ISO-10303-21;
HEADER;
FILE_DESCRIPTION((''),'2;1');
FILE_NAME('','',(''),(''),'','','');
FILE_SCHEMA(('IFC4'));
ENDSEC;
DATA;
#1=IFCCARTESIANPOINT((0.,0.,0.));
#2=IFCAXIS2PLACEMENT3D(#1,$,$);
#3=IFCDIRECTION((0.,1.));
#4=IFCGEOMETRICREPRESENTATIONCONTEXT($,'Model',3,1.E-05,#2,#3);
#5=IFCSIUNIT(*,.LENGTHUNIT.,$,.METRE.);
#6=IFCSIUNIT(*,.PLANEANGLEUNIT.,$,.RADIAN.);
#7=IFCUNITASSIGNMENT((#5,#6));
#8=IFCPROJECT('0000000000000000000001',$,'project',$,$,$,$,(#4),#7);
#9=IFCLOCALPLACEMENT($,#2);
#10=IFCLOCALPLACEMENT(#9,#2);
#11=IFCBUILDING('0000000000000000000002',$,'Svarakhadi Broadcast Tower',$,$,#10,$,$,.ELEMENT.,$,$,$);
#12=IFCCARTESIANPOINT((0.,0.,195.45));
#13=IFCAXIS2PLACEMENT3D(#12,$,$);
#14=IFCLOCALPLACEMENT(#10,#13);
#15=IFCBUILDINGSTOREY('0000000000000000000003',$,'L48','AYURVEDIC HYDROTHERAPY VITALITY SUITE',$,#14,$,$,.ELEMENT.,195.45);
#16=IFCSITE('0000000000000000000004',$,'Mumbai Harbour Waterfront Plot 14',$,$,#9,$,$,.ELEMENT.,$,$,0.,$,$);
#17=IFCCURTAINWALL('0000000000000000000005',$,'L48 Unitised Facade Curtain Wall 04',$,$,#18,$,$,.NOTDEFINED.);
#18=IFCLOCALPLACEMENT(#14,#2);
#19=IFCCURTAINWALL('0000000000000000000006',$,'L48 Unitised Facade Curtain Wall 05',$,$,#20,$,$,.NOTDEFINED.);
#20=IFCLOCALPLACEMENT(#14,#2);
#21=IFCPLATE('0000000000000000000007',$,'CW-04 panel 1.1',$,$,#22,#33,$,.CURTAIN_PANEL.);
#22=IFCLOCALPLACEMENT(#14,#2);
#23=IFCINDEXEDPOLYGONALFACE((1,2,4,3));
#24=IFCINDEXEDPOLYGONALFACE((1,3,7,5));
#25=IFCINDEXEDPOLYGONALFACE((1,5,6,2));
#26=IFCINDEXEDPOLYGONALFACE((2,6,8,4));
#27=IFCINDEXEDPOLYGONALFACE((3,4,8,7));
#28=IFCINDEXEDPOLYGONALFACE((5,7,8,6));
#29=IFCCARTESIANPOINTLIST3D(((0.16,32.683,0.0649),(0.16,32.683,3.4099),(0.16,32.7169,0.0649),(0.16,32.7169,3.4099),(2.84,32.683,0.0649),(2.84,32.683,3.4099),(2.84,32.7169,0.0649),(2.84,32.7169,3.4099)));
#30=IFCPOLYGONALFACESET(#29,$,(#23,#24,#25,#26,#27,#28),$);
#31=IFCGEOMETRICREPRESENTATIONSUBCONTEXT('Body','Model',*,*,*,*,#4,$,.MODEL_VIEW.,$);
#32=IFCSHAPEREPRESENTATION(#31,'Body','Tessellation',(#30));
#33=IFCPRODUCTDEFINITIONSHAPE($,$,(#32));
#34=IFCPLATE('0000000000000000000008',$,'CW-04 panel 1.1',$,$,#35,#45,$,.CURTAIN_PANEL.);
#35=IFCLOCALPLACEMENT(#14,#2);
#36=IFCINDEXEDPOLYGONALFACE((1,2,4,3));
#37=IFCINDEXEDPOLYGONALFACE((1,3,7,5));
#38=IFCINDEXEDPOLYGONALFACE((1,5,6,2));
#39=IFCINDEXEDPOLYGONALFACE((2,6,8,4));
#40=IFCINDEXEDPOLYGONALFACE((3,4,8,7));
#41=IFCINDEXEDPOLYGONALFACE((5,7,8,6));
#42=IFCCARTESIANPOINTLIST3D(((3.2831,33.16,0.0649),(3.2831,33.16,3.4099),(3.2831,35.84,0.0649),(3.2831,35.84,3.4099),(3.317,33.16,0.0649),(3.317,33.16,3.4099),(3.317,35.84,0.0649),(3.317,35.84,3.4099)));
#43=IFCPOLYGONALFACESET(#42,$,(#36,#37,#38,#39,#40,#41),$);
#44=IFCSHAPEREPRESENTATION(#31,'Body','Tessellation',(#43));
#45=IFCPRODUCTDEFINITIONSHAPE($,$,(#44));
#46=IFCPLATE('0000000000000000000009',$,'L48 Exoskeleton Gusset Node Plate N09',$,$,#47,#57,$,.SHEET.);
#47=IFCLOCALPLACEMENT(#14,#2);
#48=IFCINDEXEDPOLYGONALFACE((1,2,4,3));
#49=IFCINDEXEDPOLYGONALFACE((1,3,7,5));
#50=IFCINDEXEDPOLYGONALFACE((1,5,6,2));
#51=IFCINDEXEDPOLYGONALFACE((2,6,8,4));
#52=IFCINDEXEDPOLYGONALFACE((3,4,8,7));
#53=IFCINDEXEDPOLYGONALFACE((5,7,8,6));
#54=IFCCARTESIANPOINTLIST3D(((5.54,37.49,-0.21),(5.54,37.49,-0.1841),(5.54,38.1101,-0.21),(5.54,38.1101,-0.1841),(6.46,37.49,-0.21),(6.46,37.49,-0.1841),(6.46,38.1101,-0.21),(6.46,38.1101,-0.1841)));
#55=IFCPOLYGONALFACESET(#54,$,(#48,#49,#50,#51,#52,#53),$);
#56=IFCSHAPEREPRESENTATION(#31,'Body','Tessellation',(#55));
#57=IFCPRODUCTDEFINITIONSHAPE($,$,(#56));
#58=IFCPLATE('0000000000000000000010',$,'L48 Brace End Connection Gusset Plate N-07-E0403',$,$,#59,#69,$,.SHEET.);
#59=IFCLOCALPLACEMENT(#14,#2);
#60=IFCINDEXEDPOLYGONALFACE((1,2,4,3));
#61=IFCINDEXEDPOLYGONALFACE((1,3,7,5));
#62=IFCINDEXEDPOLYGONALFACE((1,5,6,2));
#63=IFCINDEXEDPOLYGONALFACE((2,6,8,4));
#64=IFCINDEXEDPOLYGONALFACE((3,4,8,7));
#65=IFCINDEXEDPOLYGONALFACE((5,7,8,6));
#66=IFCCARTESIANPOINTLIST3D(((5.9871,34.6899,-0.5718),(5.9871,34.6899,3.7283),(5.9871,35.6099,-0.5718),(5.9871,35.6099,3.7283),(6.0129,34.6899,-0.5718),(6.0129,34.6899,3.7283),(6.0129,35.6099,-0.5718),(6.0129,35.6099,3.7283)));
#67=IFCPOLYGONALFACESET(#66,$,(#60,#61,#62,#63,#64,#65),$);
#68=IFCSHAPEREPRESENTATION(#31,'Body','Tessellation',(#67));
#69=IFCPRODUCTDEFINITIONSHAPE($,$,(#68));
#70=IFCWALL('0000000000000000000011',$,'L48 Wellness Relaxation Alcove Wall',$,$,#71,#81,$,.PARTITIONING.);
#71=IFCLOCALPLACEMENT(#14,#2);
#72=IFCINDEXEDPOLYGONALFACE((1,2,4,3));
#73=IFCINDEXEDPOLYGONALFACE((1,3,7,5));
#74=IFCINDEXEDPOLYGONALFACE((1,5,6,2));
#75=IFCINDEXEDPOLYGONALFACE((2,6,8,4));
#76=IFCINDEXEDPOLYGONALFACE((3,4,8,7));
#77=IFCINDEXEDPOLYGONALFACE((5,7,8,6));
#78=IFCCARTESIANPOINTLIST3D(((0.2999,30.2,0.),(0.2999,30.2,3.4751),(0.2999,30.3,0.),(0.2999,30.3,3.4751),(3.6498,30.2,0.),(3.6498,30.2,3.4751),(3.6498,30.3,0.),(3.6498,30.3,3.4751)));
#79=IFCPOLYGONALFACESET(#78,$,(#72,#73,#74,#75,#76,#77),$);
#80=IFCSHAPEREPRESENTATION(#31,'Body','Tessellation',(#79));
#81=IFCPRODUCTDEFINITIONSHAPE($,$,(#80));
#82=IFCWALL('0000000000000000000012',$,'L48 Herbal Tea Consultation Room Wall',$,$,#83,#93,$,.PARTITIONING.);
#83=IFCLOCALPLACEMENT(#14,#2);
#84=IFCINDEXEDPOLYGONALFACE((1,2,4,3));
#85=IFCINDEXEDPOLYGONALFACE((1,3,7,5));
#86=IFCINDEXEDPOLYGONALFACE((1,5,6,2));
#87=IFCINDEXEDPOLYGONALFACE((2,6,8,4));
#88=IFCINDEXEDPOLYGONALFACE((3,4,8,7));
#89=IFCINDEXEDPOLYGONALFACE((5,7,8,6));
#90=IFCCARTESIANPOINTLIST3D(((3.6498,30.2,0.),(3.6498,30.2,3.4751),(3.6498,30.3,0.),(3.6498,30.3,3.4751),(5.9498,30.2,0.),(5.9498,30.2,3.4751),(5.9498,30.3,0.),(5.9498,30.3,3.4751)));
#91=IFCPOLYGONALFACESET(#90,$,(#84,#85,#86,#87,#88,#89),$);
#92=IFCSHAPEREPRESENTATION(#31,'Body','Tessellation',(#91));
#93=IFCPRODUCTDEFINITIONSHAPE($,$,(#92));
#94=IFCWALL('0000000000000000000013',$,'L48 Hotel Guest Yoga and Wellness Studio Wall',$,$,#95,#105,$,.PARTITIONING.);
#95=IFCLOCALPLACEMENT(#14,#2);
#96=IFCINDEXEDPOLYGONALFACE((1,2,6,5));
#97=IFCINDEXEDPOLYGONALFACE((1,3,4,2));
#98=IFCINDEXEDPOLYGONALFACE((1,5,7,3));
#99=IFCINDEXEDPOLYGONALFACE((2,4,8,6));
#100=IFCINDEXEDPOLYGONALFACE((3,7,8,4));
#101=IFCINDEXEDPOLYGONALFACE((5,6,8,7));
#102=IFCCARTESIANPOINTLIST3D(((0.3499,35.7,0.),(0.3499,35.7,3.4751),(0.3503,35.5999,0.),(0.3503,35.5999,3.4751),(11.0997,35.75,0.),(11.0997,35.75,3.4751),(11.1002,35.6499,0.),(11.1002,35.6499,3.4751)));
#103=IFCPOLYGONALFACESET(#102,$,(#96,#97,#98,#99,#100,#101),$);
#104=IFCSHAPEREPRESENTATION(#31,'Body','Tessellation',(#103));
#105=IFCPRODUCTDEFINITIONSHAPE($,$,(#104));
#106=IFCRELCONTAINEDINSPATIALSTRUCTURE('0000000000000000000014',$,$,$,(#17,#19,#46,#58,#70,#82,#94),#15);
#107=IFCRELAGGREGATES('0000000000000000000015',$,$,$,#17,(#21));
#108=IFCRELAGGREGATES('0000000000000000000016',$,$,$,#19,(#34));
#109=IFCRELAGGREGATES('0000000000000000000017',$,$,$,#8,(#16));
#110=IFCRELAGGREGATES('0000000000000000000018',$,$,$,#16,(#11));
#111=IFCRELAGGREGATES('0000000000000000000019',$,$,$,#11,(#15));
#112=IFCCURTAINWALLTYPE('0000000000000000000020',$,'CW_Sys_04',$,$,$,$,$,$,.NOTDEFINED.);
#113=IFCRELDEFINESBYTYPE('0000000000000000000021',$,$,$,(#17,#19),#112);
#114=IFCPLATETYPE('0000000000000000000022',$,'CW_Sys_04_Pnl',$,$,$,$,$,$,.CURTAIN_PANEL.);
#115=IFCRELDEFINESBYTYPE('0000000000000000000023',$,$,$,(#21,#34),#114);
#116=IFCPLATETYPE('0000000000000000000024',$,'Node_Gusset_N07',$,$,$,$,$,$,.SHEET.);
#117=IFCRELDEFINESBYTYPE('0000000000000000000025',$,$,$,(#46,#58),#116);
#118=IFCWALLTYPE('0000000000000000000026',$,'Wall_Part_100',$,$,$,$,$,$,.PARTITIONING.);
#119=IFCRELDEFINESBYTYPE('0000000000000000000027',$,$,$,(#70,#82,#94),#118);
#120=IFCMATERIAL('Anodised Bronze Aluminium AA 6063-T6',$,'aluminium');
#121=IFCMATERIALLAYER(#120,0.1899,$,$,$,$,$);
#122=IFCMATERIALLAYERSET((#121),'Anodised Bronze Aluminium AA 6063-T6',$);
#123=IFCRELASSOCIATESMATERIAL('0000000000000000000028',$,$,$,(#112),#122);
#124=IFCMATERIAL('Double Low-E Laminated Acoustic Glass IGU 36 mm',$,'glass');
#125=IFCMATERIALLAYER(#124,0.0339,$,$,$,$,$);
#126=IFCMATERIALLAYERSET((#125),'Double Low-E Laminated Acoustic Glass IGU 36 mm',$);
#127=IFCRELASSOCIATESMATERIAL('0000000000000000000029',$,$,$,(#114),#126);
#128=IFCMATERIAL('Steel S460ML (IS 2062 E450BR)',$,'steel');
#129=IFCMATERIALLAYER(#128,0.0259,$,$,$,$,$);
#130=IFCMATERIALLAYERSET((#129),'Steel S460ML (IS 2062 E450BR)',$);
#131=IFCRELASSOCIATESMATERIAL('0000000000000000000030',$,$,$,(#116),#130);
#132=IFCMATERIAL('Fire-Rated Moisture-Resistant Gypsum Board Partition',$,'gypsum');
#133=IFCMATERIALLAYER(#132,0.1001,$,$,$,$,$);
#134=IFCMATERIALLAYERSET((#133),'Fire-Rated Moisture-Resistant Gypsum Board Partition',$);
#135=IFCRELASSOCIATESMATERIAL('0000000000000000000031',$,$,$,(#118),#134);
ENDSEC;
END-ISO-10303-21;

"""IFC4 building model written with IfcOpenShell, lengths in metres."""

from ifc_helpers import new_model, si_unit, direction, frame, frame_2d, origin, origin_2d, place, context, subcontext, project, spatial, rectangle, extrude, material, layer, layer_set, type_object, element, aggregate, save


model = new_model("IFC4")

# Units and contexts
model_context = context("Model", 3, precision=1e-05, world=origin(), true_north=direction((0.0, 1.0)))
body_context = subcontext(model_context, "Body", "Model", "MODEL_VIEW")
ifc_project = project(units=[si_unit("LENGTHUNIT", "METRE"), si_unit("PLANEANGLEUNIT", "RADIAN")], contexts=[model_context])

# Site, building, storey
site_placement = place(None, origin())
site = spatial("IfcSite", under=ifc_project, at=site_placement, Name="Mumbai Harbour Waterfront Plot 14", CompositionType="ELEMENT", RefElevation=0.0)
building_placement = place(site_placement, origin())
building = spatial("IfcBuilding", under=site, at=building_placement, Name="Svarakhadi Broadcast Tower", CompositionType="ELEMENT")
storey_placement = place(building_placement, frame((0.0, 0.0, 195.45)))
storey = spatial("IfcBuildingStorey", under=building, at=storey_placement, Name="L48", Description="AYURVEDIC HYDROTHERAPY VITALITY SUITE", CompositionType="ELEMENT", Elevation=195.45)

# Shared definitions
ifc_material_1 = material(Name="Steel S460ML (IS 2062 E450BR)", Category="steel")

# Shared definitions
ifc_material_2 = material(Name="Anodised Bronze Aluminium AA 6063-T6", Category="aluminium")
ifc_layer_1 = layer(ifc_material_2, 0.1899)
ifc_layer_set_1 = layer_set([ifc_layer_1], Name="Anodised Bronze Aluminium AA 6063-T6")
curtain_wall_type = type_object("IfcCurtainWallType", Name="CW_Sys_04", PredefinedType="NOTDEFINED", material=ifc_layer_set_1)

# Curtain walls
curtain_wall_1_placement = place(storey_placement, origin())
curtain_wall_1 = element("IfcCurtainWall", 1, at=curtain_wall_1_placement, inside=storey, type_object=curtain_wall_type, Name="L48 Unitised Facade Curtain Wall 04", PredefinedType="NOTDEFINED")
curtain_wall_2_placement = place(storey_placement, origin())
curtain_wall_2 = element("IfcCurtainWall", 2, at=curtain_wall_2_placement, inside=storey, type_object=curtain_wall_type, Name="L48 Unitised Facade Curtain Wall 05", PredefinedType="NOTDEFINED")

# Plates
ifc_material_3 = material(Name="Double Low-E Laminated Acoustic Glass IGU 36 mm", Category="glass")
ifc_layer_2 = layer(ifc_material_3, 0.0339)
ifc_layer_set_2 = layer_set([ifc_layer_2], Name="Double Low-E Laminated Acoustic Glass IGU 36 mm")
plate_type_1 = type_object("IfcPlateType", Name="CW_Sys_04_Pnl", PredefinedType="CURTAIN_PANEL", material=ifc_layer_set_2)
plate_1_placement = place(storey_placement, frame((1.5, 32.7, 0.0649), z_axis=(0.0, 0.0, 1.0), x_axis=(1.0, 0.0, 0.0)))
plate_1 = element("IfcPlate", 3, at=plate_1_placement, type_object=plate_type_1, Name="CW-04 panel 1.1", PredefinedType="CURTAIN_PANEL", context=body_context, shape_type="SweptSolid", body=[
    extrude(rectangle(XDim=2.6799, YDim=0.0339, at=origin_2d()), origin(), (0.0, 0.0, 1.0), 3.345),
])
aggregate(curtain_wall_1, [plate_1])
plate_2_placement = place(storey_placement, frame((3.3, 34.5, 0.0649), z_axis=(0.0, 0.0, 1.0), x_axis=(0.0, 1.0, 0.0)))
plate_2 = element("IfcPlate", 4, at=plate_2_placement, type_object=plate_type_1, Name="CW-04 panel 1.1", PredefinedType="CURTAIN_PANEL", context=body_context, shape_type="SweptSolid", body=[
    extrude(rectangle(XDim=2.6799, YDim=0.0339, at=origin_2d()), origin(), (0.0, 0.0, 1.0), 3.345),
])
aggregate(curtain_wall_2, [plate_2])

# Plates
ifc_layer_3 = layer(ifc_material_1, 0.0259)
ifc_layer_set_3 = layer_set([ifc_layer_3], Name="Steel S460ML (IS 2062 E450BR)")
plate_type_2 = type_object("IfcPlateType", Name="Node_Gusset_N07", PredefinedType="SHEET", material=ifc_layer_set_3)
plate_3_placement = place(storey_placement, frame((6.0, 37.8, -0.21), z_axis=(0.0, 0.0, 1.0), x_axis=(1.0, 0.0, 0.0)))
element("IfcPlate", 5, at=plate_3_placement, inside=storey, type_object=plate_type_2, Name="L48 Exoskeleton Gusset Node Plate N09", PredefinedType="SHEET", context=body_context, shape_type="SweptSolid", body=[
    extrude(rectangle(XDim=0.9199, YDim=0.6201, at=origin_2d()), origin(), (0.0, 0.0, 1.0), 0.0259),
])
plate_4_placement = place(storey_placement, frame((6.0, 35.1499, -0.5718), z_axis=(0.0, 0.0, 1.0), x_axis=(0.0, 1.0, 0.0)))
element("IfcPlate", 6, at=plate_4_placement, inside=storey, type_object=plate_type_2, Name="L48 Brace End Connection Gusset Plate N-07-E0403", PredefinedType="SHEET", context=body_context, shape_type="SweptSolid", body=[
    extrude(rectangle(XDim=0.9199, YDim=0.0259, at=origin_2d()), origin(), (0.0, 0.0, 1.0), 4.3),
])

# Walls
ifc_material_4 = material(Name="Fire-Rated Moisture-Resistant Gypsum Board Partition", Category="gypsum")
ifc_layer_4 = layer(ifc_material_4, 0.1001)
ifc_layer_set_4 = layer_set([ifc_layer_4], Name="Fire-Rated Moisture-Resistant Gypsum Board Partition")
wall_type = type_object("IfcWallType", Name="Wall_Part_100", PredefinedType="PARTITIONING", material=ifc_layer_set_4)
wall_1_placement = place(storey_placement, frame((0.3, 30.25, 0.0), z_axis=(0.0, 0.0, 1.0), x_axis=(1.0, 0.0, 0.0)))
element("IfcWall", 7, at=wall_1_placement, inside=storey, type_object=wall_type, Name="L48 Wellness Relaxation Alcove Wall", PredefinedType="PARTITIONING", context=body_context, shape_type="SweptSolid", body=[
    extrude(rectangle(XDim=3.3499, YDim=0.1001, at=frame_2d((1.6748, 0.0))), origin(), (0.0, 0.0, 1.0), 3.4751),
])
wall_2_placement = place(storey_placement, frame((3.6499, 30.25, 0.0), z_axis=(0.0, 0.0, 1.0), x_axis=(1.0, 0.0, 0.0)))
element("IfcWall", 8, at=wall_2_placement, inside=storey, type_object=wall_type, Name="L48 Herbal Tea Consultation Room Wall", PredefinedType="PARTITIONING", context=body_context, shape_type="SweptSolid", body=[
    extrude(rectangle(XDim=2.3, YDim=0.1001, at=frame_2d((1.1499, 0.0))), origin(), (0.0, 0.0, 1.0), 3.4751),
])
wall_3_placement = place(storey_placement, frame((0.3501, 35.6499, 0.0), z_axis=(0.0, 0.0, 1.0), x_axis=(0.999989, 0.004656, 0.0)))
element("IfcWall", 9, at=wall_3_placement, inside=storey, type_object=wall_type, Name="L48 Hotel Guest Yoga and Wellness Studio Wall", PredefinedType="PARTITIONING", context=body_context, shape_type="SweptSolid", body=[
    extrude(rectangle(XDim=10.75, YDim=0.1001, at=frame_2d((5.375, 0.0))), origin(), (0.0, 0.0, 1.0), 3.4751),
])

save(model, "model.ifc")
